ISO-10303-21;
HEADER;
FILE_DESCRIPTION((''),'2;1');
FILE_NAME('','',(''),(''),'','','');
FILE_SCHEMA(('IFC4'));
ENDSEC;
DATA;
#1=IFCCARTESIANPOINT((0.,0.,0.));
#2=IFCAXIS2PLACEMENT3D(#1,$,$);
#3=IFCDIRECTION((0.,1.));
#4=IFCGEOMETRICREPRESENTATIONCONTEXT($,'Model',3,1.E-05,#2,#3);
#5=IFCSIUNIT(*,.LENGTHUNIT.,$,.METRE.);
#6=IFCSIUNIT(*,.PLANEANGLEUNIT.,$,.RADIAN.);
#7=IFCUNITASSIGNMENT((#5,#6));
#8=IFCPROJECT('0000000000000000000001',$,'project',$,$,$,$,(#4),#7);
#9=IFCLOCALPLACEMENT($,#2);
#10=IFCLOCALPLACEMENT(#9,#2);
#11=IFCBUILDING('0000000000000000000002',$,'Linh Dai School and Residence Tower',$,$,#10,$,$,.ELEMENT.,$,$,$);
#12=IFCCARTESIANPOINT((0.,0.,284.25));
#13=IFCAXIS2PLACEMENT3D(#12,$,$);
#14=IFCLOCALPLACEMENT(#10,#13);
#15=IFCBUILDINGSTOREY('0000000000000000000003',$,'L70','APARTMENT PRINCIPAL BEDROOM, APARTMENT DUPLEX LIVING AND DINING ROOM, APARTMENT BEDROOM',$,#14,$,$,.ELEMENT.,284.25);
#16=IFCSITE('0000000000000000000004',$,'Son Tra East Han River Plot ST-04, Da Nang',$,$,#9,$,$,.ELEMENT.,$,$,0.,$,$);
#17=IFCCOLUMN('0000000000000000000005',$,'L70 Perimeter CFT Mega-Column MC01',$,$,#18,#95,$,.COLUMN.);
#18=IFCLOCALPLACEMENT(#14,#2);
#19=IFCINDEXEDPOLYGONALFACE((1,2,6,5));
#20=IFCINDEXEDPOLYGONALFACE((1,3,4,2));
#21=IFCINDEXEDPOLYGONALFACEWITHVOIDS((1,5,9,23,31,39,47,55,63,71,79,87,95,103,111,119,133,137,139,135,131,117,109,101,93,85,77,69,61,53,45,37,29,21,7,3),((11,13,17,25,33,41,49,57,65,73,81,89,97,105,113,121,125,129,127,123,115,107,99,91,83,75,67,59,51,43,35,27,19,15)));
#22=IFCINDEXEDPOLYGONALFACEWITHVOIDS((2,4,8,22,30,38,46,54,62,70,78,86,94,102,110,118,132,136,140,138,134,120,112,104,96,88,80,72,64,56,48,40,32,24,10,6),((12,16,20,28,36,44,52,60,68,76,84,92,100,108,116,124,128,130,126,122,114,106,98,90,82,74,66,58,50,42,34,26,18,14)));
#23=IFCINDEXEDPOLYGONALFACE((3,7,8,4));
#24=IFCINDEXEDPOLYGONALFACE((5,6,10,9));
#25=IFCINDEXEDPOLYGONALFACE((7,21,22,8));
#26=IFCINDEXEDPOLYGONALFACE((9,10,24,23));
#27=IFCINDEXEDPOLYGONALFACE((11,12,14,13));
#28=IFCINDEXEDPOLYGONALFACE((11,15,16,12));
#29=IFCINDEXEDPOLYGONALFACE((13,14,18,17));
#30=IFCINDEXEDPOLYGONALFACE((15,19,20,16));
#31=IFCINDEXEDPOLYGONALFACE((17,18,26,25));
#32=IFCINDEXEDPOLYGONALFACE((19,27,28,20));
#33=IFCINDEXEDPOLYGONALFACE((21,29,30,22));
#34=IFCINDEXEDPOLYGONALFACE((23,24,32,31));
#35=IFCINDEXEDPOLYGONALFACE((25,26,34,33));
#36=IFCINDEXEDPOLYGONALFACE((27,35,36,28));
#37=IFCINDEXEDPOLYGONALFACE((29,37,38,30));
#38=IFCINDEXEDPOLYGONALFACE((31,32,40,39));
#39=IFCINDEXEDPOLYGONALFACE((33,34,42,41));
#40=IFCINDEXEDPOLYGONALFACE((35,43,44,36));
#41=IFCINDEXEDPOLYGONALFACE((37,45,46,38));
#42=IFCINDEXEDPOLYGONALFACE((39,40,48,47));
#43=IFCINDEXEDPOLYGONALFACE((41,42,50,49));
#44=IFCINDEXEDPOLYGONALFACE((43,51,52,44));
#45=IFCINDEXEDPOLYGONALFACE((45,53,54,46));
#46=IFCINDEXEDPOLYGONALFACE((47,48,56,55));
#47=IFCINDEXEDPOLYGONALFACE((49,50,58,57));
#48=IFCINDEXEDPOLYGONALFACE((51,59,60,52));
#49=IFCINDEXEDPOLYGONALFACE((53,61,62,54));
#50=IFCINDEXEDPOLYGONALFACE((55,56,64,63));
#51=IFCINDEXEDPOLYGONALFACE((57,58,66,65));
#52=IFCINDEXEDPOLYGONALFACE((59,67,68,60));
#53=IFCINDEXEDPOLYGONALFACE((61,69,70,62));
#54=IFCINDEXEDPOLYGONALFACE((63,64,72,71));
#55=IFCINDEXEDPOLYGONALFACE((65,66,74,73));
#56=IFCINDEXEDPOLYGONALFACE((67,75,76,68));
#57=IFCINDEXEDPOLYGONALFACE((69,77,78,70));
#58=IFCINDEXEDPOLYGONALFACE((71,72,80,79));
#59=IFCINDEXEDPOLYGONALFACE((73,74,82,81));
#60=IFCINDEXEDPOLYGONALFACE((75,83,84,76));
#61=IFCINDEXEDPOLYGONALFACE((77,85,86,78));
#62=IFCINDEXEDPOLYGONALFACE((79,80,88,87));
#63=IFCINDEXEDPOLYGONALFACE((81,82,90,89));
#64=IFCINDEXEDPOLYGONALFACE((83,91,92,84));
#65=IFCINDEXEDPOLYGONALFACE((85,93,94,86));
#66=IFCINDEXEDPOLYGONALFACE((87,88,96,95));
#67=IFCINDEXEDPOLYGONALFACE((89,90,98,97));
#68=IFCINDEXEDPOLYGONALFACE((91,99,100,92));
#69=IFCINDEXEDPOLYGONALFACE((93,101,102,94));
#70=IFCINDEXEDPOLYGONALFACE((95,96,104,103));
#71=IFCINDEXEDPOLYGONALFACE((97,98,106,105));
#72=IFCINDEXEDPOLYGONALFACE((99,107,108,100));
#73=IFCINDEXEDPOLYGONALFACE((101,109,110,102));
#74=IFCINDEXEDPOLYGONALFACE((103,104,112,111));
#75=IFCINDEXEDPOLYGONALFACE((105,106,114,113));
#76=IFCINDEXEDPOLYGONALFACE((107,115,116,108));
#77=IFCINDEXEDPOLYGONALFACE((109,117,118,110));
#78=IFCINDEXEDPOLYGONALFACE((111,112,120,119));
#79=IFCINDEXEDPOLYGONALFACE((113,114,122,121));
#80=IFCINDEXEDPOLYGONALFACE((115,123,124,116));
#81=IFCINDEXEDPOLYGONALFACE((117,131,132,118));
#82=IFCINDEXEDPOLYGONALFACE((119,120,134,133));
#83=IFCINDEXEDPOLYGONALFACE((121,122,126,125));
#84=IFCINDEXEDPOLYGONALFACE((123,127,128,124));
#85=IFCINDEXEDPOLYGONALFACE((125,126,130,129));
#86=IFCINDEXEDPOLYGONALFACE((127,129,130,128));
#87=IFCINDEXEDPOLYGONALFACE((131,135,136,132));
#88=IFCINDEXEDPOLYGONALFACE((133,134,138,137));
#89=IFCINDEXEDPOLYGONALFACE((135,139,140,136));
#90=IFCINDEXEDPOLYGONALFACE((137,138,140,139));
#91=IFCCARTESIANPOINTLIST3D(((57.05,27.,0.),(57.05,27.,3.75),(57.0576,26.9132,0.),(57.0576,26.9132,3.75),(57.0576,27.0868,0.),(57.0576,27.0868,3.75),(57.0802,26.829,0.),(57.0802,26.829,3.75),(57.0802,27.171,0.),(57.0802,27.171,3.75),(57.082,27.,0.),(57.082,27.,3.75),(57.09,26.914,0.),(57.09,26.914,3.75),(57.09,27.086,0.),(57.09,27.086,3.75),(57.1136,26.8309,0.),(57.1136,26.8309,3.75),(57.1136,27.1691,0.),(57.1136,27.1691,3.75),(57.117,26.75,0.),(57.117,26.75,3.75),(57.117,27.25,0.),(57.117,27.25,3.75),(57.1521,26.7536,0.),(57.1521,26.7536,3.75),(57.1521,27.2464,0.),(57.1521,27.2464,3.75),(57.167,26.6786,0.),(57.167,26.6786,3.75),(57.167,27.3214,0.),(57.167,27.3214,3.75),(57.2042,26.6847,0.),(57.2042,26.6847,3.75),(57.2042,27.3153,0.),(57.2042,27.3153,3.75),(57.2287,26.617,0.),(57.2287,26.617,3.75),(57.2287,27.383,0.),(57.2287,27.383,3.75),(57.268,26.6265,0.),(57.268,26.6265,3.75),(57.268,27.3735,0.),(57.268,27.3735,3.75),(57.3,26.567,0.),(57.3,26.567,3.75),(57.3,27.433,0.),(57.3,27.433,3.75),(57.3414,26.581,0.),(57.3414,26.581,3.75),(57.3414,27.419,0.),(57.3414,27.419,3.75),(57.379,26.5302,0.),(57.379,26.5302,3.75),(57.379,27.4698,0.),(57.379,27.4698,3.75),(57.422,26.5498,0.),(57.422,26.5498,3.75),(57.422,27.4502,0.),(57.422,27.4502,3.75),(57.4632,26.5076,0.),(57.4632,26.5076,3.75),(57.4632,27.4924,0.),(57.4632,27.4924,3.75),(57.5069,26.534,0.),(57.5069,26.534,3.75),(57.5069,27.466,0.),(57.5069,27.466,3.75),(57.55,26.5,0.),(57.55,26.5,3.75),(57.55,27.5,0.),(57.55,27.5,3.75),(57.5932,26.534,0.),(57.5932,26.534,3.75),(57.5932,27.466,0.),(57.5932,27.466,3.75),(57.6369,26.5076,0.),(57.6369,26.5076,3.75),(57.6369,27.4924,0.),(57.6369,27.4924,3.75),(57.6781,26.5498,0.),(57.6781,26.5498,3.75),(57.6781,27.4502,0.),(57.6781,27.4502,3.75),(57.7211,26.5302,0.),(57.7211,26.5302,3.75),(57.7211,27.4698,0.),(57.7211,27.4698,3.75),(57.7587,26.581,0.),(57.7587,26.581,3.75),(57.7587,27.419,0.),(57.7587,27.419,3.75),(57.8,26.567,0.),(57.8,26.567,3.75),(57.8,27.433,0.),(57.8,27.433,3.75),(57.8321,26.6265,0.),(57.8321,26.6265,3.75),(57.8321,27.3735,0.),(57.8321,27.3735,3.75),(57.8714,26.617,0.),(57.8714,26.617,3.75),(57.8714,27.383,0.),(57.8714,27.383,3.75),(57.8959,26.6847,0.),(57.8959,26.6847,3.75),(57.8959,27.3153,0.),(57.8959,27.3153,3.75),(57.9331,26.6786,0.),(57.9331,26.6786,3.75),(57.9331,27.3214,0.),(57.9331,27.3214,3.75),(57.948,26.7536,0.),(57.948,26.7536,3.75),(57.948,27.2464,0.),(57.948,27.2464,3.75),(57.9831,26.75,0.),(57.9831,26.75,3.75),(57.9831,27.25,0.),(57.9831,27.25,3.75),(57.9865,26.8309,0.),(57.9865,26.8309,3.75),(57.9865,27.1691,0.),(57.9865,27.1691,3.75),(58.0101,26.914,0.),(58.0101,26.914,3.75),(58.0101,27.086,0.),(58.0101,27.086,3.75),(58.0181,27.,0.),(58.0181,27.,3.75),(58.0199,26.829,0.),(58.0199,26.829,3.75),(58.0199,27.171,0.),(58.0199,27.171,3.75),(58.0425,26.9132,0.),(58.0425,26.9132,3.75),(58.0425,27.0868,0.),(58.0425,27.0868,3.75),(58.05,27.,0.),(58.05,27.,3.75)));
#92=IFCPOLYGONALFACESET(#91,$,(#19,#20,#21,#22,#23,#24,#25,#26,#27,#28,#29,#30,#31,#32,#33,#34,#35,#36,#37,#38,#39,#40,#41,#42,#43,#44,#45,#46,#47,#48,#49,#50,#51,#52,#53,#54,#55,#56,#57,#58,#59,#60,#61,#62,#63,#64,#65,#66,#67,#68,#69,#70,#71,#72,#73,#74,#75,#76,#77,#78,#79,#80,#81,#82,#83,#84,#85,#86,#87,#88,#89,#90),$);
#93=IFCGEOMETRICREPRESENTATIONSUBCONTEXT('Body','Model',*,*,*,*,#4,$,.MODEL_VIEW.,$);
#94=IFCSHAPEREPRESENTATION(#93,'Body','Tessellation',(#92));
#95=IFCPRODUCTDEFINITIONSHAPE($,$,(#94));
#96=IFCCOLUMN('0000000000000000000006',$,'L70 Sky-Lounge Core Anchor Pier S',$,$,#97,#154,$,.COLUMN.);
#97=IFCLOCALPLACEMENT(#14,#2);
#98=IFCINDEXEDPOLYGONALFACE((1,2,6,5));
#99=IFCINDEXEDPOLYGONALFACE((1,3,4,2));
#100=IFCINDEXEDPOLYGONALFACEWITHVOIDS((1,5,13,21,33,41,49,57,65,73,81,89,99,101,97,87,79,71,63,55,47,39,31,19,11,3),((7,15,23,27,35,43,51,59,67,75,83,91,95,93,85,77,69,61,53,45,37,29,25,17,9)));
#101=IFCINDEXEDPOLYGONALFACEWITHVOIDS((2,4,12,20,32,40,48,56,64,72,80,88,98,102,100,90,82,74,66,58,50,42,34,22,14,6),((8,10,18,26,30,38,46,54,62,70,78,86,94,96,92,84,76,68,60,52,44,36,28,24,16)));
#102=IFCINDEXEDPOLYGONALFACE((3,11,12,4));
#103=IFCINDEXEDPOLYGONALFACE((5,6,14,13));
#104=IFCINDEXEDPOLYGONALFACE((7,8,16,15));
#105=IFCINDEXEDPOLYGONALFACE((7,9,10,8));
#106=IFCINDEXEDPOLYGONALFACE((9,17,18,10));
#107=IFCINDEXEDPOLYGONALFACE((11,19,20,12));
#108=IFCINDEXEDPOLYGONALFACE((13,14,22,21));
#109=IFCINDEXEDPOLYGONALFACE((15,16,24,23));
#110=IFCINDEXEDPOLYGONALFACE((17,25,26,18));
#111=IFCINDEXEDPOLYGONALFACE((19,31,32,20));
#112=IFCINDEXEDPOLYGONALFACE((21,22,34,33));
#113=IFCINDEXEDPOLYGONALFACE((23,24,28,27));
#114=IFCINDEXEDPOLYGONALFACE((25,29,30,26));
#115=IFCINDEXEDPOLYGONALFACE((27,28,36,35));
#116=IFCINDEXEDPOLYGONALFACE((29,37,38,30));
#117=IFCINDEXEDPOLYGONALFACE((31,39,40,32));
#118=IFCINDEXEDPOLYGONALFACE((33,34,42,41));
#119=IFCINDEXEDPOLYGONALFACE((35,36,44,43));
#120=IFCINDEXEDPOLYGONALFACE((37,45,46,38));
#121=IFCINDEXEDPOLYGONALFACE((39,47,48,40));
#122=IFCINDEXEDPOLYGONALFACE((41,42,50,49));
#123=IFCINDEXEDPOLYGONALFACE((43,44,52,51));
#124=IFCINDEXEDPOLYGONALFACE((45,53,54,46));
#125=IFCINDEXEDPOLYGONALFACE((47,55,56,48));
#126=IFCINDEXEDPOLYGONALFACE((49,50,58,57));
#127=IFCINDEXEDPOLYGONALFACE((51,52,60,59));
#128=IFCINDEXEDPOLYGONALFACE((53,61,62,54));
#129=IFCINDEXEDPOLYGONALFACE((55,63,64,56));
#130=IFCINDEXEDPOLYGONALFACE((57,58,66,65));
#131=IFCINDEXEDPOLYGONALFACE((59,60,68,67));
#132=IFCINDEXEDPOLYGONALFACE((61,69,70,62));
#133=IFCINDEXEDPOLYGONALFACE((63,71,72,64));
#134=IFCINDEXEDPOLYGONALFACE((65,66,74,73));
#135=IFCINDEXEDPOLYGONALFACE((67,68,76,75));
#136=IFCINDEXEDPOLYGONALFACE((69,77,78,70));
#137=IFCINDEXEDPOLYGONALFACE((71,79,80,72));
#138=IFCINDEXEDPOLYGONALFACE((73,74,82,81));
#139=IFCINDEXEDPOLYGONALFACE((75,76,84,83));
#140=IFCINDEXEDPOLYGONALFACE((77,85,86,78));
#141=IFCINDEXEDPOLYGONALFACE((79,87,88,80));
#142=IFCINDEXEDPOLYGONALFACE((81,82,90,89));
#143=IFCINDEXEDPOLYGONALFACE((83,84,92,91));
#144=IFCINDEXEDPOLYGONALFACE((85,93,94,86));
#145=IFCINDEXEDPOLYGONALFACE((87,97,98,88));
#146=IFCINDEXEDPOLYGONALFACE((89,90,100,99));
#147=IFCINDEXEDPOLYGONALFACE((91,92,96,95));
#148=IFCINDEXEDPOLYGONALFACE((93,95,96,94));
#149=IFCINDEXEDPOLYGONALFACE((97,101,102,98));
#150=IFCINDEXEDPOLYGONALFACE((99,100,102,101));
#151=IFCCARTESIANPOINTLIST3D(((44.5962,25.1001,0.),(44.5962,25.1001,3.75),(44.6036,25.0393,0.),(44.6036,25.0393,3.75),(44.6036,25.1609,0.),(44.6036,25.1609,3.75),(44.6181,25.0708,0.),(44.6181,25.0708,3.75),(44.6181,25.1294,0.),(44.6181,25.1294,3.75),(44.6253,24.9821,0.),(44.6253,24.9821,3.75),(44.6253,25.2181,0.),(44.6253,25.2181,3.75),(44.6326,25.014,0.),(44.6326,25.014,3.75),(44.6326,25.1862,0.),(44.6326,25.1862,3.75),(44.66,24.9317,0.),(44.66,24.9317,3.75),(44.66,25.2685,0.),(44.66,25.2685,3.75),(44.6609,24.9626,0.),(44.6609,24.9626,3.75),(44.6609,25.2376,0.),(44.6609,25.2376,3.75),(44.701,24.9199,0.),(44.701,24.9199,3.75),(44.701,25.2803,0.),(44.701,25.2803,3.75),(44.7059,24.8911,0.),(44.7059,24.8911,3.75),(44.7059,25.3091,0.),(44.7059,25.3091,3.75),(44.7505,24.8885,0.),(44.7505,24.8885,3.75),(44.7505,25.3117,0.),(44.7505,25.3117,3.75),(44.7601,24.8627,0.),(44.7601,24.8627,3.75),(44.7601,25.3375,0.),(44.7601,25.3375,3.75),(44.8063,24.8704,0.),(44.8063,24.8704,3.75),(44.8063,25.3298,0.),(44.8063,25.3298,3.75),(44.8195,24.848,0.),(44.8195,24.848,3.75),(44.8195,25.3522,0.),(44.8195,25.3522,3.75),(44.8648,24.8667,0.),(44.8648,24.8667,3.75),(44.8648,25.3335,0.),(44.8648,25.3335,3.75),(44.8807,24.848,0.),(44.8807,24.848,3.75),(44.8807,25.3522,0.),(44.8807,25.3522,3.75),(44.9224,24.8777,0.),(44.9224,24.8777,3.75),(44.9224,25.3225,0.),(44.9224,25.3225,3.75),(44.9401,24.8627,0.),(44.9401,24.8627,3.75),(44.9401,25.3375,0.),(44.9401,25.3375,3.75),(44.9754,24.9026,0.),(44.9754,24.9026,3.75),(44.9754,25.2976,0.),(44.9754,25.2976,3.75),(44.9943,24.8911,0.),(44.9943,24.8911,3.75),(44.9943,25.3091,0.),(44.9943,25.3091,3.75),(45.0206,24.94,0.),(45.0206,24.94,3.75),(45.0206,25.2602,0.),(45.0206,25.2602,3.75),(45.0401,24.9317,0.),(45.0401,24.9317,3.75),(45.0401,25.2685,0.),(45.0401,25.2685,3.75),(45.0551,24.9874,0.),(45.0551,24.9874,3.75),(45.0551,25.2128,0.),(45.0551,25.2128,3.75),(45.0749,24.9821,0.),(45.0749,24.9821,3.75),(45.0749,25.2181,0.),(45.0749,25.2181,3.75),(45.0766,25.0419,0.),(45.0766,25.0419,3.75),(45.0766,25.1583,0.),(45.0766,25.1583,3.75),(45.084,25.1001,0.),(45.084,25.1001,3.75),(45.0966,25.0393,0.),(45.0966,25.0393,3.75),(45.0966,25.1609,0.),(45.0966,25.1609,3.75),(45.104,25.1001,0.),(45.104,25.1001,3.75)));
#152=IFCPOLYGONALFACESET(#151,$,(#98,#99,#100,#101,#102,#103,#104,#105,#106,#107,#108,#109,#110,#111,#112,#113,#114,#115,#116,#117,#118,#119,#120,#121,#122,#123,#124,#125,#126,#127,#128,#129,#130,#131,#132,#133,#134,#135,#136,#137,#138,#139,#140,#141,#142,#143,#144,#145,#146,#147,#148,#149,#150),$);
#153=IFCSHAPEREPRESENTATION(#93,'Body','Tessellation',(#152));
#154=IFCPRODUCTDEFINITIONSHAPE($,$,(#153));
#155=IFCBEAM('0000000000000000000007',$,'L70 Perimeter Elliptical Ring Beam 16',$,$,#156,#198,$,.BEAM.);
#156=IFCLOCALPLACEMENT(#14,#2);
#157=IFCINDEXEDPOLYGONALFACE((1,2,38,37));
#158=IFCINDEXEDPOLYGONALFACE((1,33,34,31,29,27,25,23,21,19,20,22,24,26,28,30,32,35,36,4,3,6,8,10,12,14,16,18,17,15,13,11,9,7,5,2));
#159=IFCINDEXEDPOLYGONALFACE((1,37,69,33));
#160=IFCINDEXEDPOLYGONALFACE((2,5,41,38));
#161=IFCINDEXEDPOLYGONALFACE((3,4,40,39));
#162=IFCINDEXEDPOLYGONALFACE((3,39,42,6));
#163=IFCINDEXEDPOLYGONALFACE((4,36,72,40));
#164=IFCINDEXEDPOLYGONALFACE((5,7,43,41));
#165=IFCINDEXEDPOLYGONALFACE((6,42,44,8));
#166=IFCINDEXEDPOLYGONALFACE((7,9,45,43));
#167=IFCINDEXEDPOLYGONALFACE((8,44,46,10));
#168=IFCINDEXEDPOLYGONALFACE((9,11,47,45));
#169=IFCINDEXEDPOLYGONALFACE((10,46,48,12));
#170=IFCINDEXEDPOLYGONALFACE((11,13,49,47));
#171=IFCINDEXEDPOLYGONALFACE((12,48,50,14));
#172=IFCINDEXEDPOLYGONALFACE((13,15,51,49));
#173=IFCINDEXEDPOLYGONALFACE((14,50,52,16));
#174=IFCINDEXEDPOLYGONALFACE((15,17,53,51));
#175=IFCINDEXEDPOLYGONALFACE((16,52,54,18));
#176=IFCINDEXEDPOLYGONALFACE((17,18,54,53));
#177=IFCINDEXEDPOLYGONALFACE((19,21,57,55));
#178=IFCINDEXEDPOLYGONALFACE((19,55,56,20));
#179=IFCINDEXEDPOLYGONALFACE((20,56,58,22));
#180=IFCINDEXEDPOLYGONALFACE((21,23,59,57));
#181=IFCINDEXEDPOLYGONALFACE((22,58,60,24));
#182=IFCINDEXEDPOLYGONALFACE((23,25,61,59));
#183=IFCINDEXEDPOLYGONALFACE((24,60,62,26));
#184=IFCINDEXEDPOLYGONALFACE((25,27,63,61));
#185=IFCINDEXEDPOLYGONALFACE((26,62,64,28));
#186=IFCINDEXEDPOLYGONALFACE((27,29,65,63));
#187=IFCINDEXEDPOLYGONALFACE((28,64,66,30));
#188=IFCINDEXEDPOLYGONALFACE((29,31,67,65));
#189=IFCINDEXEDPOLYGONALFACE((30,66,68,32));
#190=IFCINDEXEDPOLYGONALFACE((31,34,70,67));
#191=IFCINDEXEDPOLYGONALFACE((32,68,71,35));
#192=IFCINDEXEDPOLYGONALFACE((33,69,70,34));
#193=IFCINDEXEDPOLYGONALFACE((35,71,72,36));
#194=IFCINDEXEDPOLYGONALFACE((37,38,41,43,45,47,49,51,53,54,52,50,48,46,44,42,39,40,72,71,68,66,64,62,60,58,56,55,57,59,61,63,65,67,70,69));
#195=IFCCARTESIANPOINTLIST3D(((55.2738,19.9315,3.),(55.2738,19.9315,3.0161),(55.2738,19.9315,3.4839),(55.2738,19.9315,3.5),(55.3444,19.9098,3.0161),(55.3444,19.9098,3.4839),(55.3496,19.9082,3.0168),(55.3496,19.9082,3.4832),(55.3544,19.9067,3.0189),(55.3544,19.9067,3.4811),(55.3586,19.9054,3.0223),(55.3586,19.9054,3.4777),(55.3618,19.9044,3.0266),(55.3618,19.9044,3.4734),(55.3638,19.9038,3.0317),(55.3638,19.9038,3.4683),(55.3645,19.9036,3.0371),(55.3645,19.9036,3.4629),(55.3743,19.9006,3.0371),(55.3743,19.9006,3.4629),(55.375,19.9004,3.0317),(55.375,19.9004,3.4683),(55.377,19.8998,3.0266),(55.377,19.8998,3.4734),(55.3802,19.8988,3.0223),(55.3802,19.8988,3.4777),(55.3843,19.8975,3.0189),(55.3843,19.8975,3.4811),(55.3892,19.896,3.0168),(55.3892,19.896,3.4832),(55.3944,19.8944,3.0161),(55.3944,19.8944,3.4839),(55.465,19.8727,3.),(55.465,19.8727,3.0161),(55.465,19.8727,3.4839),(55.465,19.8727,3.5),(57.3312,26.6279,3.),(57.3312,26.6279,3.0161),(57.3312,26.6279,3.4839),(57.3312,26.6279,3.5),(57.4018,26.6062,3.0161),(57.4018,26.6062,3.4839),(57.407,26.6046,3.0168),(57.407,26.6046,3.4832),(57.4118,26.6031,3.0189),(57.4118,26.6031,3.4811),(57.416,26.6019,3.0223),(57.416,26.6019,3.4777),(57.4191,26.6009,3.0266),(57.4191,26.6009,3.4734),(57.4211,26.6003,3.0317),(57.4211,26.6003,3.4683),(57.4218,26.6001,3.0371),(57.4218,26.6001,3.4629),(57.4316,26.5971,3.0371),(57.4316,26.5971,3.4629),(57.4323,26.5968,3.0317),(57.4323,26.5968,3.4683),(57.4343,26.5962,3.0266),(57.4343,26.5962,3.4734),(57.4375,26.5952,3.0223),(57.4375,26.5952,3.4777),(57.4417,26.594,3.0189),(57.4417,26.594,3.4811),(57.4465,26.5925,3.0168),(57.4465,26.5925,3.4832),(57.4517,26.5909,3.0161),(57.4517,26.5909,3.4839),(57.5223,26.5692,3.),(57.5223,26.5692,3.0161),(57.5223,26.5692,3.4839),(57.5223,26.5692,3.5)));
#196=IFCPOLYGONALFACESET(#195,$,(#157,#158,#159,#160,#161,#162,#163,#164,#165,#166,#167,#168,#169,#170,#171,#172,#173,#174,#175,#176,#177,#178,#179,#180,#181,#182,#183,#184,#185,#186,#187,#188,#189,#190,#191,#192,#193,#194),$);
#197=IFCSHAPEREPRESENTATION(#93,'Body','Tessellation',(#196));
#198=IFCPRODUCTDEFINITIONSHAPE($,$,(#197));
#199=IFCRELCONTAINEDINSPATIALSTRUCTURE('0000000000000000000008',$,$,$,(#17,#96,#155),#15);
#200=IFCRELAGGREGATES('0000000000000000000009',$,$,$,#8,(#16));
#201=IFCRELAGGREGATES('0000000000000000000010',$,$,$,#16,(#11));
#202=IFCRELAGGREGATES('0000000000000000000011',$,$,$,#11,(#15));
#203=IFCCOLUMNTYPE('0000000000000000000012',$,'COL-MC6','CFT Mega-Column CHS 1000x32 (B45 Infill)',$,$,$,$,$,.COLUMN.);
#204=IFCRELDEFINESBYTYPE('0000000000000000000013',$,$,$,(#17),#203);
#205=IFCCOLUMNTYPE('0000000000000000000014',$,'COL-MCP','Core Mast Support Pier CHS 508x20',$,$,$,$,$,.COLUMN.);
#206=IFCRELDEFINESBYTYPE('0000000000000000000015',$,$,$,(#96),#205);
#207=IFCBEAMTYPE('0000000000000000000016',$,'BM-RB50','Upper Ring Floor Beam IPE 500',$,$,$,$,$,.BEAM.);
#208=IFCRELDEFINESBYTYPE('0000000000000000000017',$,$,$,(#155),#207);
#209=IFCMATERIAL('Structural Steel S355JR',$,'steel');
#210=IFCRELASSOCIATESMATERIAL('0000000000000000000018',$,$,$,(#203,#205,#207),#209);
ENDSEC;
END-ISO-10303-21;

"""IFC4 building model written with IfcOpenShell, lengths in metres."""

from ifc_helpers import new_model, si_unit, direction, frame, origin, origin_2d, place, context, subcontext, project, spatial, hollow_circle, i_section, extrude, material, material_profile, profile_set, type_object, element, save


model = new_model("IFC4")

# Units and contexts
model_context = context("Model", 3, precision=1e-05, world=origin(), true_north=direction((0.0, 1.0)))
body_context = subcontext(model_context, "Body", "Model", "MODEL_VIEW")
ifc_project = project(units=[si_unit("LENGTHUNIT", "METRE"), si_unit("PLANEANGLEUNIT", "RADIAN")], contexts=[model_context])

# Site, building, storey
site_placement = place(None, origin())
site = spatial("IfcSite", under=ifc_project, at=site_placement, Name="Son Tra East Han River Plot ST-04, Da Nang", CompositionType="ELEMENT", RefElevation=0.0)
building_placement = place(site_placement, origin())
building = spatial("IfcBuilding", under=site, at=building_placement, Name="Linh Dai School and Residence Tower", CompositionType="ELEMENT")
storey_placement = place(building_placement, frame((0.0, 0.0, 284.25)))
storey = spatial("IfcBuildingStorey", under=building, at=storey_placement, Name="L70", Description="APARTMENT PRINCIPAL BEDROOM, APARTMENT DUPLEX LIVING AND DINING ROOM, APARTMENT BEDROOM", CompositionType="ELEMENT", Elevation=284.25)

# Columns
ifc_material_1 = material(Name="Structural Steel S355JR", Category="steel")
ifc_material_profile_1 = material_profile(ifc_material_1, hollow_circle(Radius=0.5, WallThickness=0.032, at=origin_2d()), Name="CHS 1000x32")
ifc_profile_set_1 = profile_set([ifc_material_profile_1], Name="Structural Steel S355JR")
column_type_1 = type_object("IfcColumnType", Name="COL-MC6", Description="CFT Mega-Column CHS 1000x32 (B45 Infill)", PredefinedType="COLUMN", material=ifc_profile_set_1)
column_1_placement = place(storey_placement, frame((57.55, 27.0, 0.0), z_axis=(0.0, 0.0, 1.0), x_axis=(1.0, 0.0, 0.0)))
element("IfcColumn", 1, at=column_1_placement, inside=storey, type_object=column_type_1, Name="L70 Perimeter CFT Mega-Column MC01", PredefinedType="COLUMN", context=body_context, shape_type="SweptSolid", body=[
    extrude(hollow_circle(Radius=0.5, WallThickness=0.032, at=origin_2d()), origin(), (0.0, 0.0, 1.0), 3.75),
])
ifc_material_profile_2 = material_profile(ifc_material_1, hollow_circle(Radius=0.2539, WallThickness=0.02, at=origin_2d()), Name="CHS 508x20")
ifc_profile_set_2 = profile_set([ifc_material_profile_2], Name="Structural Steel S355JR")
column_type_2 = type_object("IfcColumnType", Name="COL-MCP", Description="Core Mast Support Pier CHS 508x20", PredefinedType="COLUMN", material=ifc_profile_set_2)
column_2_placement = place(storey_placement, frame((44.8501, 25.1001, 0.0), z_axis=(0.0, 0.0, 1.0), x_axis=(1.0, 0.0, 0.0)))
element("IfcColumn", 2, at=column_2_placement, inside=storey, type_object=column_type_2, Name="L70 Sky-Lounge Core Anchor Pier S", PredefinedType="COLUMN", context=body_context, shape_type="SweptSolid", body=[
    extrude(hollow_circle(Radius=0.2539, WallThickness=0.02, at=origin_2d()), origin(), (0.0, 0.0, 1.0), 3.75),
])

# Beam
ifc_material_profile_3 = material_profile(ifc_material_1, i_section(OverallWidth=0.2, OverallDepth=0.5, WebThickness=0.0103, FlangeThickness=0.0161, FilletRadius=0.021, at=origin_2d()), Name="IPE 500")
ifc_profile_set_3 = profile_set([ifc_material_profile_3], Name="Structural Steel S355JR")
beam_type_1 = type_object("IfcBeamType", Name="BM-RB50", Description="Upper Ring Floor Beam IPE 500", PredefinedType="BEAM", material=ifc_profile_set_3)
beam_1_placement = place(storey_placement, frame((55.3694, 19.9021, 3.25), z_axis=(0.293682, 0.955903, 0.0), x_axis=(-0.955903, 0.293682, 0.0)))
element("IfcBeam", 3, at=beam_1_placement, inside=storey, type_object=beam_type_1, Name="L70 Perimeter Elliptical Ring Beam 16", PredefinedType="BEAM", context=body_context, shape_type="SweptSolid", body=[
    extrude(i_section(OverallWidth=0.2, OverallDepth=0.5, WebThickness=0.0103, FlangeThickness=0.0161, FilletRadius=0.021, at=origin_2d()), origin(), (0.0, 0.0, 1.0), 7.0054),
])

save(model, "model.ifc")
